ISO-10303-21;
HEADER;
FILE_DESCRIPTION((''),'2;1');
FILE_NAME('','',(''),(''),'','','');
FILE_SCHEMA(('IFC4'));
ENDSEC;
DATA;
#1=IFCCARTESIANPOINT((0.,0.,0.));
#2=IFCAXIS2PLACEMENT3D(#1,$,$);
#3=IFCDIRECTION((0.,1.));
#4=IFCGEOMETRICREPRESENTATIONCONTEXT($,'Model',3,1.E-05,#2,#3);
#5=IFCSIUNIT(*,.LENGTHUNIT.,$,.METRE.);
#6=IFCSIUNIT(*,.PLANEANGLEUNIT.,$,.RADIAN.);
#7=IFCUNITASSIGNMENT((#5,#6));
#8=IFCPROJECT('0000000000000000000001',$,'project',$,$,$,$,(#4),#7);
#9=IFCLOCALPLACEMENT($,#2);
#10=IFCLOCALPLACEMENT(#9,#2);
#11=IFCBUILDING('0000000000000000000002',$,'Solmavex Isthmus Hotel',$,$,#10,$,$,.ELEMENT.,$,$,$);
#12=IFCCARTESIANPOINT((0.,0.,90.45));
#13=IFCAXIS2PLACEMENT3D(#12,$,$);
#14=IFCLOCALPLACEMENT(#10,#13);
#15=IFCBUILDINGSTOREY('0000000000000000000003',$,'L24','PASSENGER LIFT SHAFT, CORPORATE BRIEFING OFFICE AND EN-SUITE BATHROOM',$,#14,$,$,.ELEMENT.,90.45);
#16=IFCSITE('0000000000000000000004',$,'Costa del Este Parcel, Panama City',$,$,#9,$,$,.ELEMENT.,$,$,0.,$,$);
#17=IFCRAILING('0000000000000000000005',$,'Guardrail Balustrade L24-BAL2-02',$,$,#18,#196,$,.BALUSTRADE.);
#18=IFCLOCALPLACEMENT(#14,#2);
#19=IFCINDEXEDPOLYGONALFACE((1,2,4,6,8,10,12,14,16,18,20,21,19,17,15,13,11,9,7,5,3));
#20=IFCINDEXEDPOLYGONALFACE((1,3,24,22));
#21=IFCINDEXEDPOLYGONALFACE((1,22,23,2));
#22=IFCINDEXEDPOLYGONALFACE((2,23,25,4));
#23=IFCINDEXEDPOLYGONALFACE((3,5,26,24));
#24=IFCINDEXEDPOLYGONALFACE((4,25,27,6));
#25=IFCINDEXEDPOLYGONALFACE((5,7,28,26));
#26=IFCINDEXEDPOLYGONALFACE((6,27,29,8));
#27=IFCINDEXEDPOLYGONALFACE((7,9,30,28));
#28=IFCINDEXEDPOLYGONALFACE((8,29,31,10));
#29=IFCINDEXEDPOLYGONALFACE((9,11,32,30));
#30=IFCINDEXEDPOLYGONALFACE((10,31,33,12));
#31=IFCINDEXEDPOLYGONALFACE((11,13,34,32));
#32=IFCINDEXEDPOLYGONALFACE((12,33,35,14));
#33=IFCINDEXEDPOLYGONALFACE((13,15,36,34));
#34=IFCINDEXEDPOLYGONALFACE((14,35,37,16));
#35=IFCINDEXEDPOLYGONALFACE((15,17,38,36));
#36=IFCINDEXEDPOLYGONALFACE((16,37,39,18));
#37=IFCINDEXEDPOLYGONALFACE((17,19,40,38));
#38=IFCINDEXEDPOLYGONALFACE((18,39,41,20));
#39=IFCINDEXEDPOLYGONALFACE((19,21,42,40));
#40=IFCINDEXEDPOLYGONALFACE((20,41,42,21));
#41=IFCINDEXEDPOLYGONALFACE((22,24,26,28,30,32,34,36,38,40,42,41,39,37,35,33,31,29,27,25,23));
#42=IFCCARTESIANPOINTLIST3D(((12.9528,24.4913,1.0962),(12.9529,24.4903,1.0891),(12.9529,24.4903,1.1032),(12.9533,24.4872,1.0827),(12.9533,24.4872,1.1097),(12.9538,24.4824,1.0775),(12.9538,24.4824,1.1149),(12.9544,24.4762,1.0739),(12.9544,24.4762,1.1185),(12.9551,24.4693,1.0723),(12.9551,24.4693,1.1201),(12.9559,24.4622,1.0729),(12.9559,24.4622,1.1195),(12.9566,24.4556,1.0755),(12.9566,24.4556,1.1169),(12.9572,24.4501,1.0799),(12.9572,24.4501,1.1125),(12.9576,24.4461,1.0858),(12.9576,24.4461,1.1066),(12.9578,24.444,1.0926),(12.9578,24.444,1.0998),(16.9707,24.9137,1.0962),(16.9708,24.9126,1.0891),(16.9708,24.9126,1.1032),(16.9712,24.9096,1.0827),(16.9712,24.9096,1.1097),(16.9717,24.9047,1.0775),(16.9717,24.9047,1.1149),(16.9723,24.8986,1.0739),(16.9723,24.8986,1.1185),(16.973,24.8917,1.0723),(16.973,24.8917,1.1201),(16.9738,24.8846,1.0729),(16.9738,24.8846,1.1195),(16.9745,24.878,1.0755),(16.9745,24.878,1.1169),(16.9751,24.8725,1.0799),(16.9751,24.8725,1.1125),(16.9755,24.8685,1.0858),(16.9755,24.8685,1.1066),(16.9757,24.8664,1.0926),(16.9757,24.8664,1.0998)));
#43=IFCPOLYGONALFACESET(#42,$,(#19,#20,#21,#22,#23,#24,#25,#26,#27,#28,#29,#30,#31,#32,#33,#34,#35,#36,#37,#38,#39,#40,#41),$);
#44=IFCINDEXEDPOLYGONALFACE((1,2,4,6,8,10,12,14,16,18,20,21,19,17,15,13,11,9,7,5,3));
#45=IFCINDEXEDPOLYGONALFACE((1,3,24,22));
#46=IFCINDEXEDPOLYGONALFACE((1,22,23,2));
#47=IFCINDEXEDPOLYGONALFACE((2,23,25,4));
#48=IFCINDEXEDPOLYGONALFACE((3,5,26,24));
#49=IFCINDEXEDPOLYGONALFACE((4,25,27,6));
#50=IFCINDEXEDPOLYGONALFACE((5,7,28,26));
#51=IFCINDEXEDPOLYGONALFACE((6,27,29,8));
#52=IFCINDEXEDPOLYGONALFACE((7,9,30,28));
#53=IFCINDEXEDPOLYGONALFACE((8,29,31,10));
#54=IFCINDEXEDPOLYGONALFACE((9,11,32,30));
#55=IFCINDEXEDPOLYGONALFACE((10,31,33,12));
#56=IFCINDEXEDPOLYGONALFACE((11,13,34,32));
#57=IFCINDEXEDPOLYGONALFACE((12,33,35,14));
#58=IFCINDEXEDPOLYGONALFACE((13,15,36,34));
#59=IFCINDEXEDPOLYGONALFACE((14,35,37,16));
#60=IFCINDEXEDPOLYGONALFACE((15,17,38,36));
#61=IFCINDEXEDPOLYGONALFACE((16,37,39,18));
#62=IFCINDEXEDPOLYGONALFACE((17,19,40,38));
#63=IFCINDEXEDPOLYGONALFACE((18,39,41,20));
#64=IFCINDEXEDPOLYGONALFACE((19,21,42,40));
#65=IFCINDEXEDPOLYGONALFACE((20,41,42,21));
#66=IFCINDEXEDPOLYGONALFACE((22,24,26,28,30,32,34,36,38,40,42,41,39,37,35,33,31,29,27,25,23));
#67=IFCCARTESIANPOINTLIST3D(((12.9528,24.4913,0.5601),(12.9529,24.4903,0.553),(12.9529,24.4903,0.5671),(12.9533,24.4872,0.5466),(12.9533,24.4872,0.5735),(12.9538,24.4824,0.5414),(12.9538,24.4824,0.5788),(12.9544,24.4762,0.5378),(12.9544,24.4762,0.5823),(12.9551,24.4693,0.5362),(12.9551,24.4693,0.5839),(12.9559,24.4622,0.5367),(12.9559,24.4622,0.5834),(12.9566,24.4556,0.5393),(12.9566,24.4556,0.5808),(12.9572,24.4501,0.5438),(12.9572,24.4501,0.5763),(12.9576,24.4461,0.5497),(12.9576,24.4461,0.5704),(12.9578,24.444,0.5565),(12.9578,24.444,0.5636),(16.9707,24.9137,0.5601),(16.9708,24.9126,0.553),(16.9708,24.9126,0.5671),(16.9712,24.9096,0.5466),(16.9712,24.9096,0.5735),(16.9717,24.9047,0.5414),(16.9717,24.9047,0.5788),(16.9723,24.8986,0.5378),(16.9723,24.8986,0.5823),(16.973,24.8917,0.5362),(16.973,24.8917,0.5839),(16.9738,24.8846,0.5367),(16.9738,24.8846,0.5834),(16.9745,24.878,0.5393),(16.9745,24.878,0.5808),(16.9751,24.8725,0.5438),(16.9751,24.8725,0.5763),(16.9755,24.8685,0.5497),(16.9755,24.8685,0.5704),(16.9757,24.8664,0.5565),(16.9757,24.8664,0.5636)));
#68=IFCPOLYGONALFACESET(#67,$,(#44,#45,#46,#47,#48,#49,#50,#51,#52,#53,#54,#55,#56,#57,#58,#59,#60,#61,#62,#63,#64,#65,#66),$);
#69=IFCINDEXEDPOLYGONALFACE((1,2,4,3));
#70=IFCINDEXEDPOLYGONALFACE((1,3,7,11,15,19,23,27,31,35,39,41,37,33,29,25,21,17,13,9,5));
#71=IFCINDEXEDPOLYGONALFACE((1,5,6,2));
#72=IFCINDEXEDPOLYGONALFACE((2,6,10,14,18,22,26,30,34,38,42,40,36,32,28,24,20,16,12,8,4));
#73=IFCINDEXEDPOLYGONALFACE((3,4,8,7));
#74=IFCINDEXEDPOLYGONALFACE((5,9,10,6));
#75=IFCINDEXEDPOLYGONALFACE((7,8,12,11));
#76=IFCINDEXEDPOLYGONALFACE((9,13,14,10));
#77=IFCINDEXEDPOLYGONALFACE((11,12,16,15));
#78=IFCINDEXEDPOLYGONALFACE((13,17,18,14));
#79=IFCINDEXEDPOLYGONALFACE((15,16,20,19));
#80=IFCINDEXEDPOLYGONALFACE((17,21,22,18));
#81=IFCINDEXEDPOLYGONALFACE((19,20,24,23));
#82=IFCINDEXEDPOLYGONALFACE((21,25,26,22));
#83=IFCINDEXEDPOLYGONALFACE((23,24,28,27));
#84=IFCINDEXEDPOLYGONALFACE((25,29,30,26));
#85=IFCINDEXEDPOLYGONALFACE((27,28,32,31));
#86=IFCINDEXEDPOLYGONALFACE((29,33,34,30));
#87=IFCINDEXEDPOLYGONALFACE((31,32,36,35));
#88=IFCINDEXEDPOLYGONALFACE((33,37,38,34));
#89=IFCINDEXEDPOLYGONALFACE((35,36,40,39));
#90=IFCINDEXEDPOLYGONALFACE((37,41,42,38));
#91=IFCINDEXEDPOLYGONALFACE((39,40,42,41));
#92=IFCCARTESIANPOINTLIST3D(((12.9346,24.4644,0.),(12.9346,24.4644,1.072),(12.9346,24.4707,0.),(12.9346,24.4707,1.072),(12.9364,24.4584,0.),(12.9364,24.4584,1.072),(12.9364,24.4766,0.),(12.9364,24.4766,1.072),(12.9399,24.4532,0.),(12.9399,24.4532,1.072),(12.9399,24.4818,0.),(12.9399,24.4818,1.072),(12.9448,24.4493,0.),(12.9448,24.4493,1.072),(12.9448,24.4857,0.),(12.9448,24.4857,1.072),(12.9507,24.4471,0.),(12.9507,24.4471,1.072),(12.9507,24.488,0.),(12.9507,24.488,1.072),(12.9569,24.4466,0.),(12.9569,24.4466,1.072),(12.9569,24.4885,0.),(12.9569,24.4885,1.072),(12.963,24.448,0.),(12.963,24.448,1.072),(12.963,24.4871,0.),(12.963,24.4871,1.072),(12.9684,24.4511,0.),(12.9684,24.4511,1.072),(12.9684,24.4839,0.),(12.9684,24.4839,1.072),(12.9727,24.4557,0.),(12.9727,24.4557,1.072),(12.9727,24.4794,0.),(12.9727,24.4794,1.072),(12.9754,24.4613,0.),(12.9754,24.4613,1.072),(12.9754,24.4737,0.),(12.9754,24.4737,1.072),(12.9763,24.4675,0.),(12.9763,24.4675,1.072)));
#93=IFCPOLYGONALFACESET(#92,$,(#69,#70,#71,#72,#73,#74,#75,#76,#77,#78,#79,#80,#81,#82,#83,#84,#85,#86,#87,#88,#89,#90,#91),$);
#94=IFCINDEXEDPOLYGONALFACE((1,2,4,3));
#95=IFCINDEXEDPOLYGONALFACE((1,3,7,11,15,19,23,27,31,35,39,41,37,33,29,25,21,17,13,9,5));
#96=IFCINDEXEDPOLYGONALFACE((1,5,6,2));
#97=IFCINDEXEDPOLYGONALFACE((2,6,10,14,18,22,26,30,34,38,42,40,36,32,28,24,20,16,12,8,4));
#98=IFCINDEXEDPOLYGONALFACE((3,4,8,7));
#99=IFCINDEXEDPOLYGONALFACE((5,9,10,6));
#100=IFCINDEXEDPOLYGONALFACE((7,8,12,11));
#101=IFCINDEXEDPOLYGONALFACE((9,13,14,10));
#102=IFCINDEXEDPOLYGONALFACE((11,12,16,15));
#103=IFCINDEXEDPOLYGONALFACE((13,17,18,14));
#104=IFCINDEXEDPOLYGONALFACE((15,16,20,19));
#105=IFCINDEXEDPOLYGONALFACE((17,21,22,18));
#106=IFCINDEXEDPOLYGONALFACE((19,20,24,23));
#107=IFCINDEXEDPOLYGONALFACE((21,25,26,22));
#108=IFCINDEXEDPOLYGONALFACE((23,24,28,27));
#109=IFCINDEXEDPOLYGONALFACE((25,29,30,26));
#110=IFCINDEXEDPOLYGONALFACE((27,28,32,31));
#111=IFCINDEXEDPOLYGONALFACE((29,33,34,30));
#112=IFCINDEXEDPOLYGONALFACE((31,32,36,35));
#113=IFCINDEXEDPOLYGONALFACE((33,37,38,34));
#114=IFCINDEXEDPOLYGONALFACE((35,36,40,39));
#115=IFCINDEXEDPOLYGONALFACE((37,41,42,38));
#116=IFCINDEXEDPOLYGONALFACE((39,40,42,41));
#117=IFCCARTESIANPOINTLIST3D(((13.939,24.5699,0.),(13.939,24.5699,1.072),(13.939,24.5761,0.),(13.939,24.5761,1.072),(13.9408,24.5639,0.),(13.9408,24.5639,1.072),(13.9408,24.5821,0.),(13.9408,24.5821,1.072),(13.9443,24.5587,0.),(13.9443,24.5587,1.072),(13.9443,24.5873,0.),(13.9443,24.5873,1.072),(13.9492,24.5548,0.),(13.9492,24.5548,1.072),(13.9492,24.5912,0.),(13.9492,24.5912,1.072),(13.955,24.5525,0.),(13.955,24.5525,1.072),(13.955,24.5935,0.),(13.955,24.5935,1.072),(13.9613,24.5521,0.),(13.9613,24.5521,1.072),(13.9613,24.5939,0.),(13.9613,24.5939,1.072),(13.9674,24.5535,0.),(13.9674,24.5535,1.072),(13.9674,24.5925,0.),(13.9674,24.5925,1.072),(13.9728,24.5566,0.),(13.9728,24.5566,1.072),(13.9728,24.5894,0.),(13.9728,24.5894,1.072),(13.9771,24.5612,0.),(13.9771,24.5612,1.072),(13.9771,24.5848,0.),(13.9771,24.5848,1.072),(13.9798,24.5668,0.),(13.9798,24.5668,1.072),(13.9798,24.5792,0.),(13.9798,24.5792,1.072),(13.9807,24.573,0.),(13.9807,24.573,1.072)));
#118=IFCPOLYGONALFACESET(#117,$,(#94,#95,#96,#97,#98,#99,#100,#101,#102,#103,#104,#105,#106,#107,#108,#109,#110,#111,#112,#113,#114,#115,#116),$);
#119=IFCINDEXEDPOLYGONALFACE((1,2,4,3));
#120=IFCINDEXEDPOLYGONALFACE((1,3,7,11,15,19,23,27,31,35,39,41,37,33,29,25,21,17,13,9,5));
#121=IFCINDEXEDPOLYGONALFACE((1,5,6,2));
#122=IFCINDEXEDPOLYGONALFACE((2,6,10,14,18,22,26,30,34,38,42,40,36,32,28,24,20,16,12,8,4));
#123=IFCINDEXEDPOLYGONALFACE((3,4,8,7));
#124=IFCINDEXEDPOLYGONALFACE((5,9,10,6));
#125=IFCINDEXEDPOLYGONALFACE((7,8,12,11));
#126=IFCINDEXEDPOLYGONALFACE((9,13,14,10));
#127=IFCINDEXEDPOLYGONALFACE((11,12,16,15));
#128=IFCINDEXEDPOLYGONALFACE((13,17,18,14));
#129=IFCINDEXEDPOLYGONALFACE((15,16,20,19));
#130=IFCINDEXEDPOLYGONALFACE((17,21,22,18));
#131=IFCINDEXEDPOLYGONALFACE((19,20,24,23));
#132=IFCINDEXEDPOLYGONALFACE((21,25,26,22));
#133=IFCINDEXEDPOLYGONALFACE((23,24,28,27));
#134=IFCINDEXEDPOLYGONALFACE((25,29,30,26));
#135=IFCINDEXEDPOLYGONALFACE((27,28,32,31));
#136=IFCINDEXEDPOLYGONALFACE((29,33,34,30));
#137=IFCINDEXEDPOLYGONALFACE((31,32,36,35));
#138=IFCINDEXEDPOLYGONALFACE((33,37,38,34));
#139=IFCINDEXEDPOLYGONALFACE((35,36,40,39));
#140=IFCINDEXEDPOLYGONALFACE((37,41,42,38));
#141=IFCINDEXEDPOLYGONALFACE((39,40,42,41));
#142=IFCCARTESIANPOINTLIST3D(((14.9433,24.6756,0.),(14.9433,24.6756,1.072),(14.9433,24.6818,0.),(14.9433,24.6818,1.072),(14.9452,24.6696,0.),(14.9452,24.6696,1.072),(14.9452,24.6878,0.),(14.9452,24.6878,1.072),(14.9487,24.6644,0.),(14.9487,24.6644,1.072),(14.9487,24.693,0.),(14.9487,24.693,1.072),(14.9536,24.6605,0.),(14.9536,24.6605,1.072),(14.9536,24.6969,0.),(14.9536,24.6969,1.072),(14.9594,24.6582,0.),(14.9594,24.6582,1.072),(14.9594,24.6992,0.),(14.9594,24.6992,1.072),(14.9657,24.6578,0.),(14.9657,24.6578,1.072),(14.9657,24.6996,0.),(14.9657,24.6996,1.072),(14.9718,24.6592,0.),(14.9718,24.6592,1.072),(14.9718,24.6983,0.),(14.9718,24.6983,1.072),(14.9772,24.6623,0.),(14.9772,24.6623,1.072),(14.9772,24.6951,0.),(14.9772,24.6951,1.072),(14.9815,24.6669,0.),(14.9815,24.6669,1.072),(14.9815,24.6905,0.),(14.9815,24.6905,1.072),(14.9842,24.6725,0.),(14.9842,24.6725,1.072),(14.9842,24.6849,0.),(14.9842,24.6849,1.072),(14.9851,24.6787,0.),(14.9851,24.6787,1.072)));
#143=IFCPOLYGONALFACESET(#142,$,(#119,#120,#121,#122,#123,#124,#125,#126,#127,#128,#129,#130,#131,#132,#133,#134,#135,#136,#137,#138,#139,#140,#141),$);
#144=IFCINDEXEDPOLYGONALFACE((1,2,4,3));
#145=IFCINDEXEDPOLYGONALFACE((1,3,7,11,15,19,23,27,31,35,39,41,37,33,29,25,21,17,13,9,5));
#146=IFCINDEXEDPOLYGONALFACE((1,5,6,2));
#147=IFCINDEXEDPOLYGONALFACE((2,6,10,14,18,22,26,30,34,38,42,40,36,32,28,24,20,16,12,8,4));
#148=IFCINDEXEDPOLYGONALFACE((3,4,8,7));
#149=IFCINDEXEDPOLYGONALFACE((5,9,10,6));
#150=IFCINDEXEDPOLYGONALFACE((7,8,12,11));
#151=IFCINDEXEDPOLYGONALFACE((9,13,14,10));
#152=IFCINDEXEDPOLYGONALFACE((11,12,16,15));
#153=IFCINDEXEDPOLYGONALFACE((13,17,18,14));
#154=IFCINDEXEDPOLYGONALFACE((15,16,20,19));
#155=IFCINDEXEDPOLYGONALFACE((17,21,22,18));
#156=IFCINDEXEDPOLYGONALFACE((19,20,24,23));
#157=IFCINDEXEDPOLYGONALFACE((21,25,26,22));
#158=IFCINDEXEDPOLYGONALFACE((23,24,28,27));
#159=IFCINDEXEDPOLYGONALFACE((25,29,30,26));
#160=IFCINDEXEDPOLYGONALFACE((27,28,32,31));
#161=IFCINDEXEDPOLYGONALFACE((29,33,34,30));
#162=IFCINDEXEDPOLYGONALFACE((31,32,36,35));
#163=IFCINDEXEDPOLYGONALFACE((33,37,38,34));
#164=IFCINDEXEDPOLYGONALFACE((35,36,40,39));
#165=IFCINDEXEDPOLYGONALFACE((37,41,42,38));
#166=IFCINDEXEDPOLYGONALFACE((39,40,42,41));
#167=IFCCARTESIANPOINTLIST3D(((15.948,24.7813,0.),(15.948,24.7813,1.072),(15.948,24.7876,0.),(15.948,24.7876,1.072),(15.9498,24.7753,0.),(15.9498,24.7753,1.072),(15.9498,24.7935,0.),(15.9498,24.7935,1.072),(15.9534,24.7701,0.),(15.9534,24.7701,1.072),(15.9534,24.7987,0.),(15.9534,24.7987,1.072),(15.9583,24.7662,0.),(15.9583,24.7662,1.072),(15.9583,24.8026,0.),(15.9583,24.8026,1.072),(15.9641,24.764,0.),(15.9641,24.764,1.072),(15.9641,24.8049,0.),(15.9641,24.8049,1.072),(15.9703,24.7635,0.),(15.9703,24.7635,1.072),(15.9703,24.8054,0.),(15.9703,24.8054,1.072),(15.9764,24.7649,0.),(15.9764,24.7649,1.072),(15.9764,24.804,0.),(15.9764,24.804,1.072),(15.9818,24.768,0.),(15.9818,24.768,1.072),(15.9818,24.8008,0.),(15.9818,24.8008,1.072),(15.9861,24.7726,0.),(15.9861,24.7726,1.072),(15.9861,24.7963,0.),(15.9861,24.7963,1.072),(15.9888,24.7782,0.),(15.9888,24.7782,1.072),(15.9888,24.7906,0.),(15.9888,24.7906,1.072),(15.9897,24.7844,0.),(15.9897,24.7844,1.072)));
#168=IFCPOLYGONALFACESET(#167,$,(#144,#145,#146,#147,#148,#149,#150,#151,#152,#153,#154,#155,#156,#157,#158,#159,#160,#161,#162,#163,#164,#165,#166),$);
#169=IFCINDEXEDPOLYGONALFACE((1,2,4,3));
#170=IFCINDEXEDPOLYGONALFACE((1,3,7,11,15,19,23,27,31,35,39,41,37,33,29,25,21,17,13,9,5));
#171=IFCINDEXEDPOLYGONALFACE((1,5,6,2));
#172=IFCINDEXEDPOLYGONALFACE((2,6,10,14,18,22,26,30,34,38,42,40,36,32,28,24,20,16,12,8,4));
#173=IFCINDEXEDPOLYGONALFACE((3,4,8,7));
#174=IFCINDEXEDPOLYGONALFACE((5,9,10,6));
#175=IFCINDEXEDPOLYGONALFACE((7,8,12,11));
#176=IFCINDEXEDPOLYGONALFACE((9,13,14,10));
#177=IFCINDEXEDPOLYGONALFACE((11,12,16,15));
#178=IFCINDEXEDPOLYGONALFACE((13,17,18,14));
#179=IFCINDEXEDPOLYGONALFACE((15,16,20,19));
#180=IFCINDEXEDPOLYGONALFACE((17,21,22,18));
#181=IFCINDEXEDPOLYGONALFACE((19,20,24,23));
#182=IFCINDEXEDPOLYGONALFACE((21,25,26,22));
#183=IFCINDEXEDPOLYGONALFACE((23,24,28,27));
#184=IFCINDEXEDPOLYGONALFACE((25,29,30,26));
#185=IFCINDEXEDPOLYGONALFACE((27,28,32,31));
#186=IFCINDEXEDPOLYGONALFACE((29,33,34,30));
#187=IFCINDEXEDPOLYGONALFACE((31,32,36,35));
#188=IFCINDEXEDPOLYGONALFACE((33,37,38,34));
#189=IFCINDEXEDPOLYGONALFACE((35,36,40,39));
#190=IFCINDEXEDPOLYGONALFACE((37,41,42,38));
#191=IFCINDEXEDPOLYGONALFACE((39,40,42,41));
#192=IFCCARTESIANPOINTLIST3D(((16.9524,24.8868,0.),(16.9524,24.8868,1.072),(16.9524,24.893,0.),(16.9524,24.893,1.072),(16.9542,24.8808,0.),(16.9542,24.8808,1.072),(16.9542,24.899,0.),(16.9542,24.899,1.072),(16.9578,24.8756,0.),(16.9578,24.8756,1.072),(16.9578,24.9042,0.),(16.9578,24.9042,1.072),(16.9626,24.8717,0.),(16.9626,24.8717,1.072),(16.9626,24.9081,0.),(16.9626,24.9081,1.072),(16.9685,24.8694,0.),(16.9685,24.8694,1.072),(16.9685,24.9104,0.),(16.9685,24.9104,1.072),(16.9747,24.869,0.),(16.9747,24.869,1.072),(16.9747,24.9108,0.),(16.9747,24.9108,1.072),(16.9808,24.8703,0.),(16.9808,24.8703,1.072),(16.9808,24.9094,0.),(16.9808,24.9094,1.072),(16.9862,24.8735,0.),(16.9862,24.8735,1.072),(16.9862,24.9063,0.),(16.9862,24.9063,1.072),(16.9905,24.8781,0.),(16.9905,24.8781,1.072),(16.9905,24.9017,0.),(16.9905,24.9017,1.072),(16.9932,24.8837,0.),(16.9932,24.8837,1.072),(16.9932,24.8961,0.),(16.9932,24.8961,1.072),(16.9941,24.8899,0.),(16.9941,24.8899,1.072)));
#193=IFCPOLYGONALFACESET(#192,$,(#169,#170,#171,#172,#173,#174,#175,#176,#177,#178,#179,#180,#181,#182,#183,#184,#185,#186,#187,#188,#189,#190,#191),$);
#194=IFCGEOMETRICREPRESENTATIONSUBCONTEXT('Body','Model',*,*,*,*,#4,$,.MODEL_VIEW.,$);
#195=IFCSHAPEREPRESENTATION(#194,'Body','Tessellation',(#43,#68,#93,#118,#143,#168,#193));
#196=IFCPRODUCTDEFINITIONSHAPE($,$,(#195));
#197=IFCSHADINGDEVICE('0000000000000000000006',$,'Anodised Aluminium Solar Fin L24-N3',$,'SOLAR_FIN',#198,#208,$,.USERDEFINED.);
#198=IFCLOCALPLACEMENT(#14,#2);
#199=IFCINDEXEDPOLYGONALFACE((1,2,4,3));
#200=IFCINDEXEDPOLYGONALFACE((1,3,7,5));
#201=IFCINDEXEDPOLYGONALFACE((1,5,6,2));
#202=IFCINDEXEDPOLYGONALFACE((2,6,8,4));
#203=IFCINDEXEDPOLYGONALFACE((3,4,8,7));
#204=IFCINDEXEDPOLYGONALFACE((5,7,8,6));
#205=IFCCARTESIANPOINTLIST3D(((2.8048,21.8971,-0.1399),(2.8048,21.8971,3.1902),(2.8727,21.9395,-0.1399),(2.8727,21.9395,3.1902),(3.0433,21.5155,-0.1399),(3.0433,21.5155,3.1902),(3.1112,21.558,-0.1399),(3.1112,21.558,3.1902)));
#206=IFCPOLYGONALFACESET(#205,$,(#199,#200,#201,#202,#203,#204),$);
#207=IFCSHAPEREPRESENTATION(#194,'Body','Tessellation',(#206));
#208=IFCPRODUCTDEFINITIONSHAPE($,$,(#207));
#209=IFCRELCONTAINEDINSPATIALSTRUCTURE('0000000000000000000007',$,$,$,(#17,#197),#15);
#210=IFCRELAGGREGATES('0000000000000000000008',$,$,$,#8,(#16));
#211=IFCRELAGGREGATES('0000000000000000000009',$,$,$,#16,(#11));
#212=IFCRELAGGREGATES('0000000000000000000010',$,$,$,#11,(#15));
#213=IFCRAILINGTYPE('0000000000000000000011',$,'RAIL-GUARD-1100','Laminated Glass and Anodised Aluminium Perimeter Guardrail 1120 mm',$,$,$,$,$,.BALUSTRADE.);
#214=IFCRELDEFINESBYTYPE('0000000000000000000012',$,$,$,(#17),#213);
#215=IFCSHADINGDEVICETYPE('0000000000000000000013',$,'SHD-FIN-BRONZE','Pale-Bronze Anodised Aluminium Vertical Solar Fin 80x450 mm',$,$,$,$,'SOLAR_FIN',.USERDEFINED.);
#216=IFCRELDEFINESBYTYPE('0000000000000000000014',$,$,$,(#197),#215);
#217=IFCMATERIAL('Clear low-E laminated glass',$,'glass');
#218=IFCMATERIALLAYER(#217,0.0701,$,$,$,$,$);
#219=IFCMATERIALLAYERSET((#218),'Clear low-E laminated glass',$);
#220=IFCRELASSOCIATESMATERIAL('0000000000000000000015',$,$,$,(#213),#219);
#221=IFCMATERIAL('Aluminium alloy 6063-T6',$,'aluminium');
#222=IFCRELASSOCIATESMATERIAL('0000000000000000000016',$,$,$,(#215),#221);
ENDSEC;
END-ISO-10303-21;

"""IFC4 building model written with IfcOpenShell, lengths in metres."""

from ifc_helpers import new_model, si_unit, direction, frame, origin, origin_2d, place, context, subcontext, project, spatial, rectangle, circle, extrude, material, layer, layer_set, type_object, element, save


model = new_model("IFC4")

# Units and contexts
model_context = context("Model", 3, precision=1e-05, world=origin(), true_north=direction((0.0, 1.0)))
body_context = subcontext(model_context, "Body", "Model", "MODEL_VIEW")
ifc_project = project(units=[si_unit("LENGTHUNIT", "METRE"), si_unit("PLANEANGLEUNIT", "RADIAN")], contexts=[model_context])

# Site, building, storey
site_placement = place(None, origin())
site = spatial("IfcSite", under=ifc_project, at=site_placement, Name="Costa del Este Parcel, Panama City", CompositionType="ELEMENT", RefElevation=0.0)
building_placement = place(site_placement, origin())
building = spatial("IfcBuilding", under=site, at=building_placement, Name="Solmavex Isthmus Hotel", CompositionType="ELEMENT")
storey_placement = place(building_placement, frame((0.0, 0.0, 90.45)))
storey = spatial("IfcBuildingStorey", under=building, at=storey_placement, Name="L24", Description="PASSENGER LIFT SHAFT, CORPORATE BRIEFING OFFICE AND EN-SUITE BATHROOM", CompositionType="ELEMENT", Elevation=90.45)

# Shared definitions
ifc_material_1 = material(Name="Aluminium alloy 6063-T6", Category="aluminium")
ifc_material_2 = material(Name="Clear low-E laminated glass", Category="glass")

# Railing
ifc_layer_1 = layer(ifc_material_2, 0.0701)
ifc_layer_set_1 = layer_set([ifc_layer_1], Name="Clear low-E laminated glass")
railing_type = type_object("IfcRailingType", Name="RAIL-GUARD-1100", Description="Laminated Glass and Anodised Aluminium Perimeter Guardrail 1120 mm", PredefinedType="BALUSTRADE", material=ifc_layer_set_1)
railing_1_placement = place(storey_placement, frame((12.9553, 24.4675, 0.0)))
element("IfcRailing", 1, at=railing_1_placement, inside=storey, type_object=railing_type, Name="Guardrail Balustrade L24-BAL2-02", PredefinedType="BALUSTRADE", context=body_context, shape_type="SweptSolid", body=[
    extrude(circle(Radius=0.0239, at=origin_2d()), frame((0.0, 0.0, 1.0962), z_axis=(0.99452, 0.104546, 0.0), x_axis=(-0.104546, 0.99452, 0.0)), (0.0, 0.0, 1.0), 4.04),
    extrude(circle(Radius=0.0239, at=origin_2d()), frame((0.0, 0.0, 0.5601), z_axis=(0.99452, 0.104546, 0.0), x_axis=(-0.104546, 0.99452, 0.0)), (0.0, 0.0, 1.0), 4.04),
    extrude(circle(Radius=0.021, at=origin_2d()), origin(), (0.0, 0.0, 1.0), 1.072),
    extrude(circle(Radius=0.021, at=origin_2d()), frame((1.0044, 0.1055, 0.0)), (0.0, 0.0, 1.0), 1.072),
    extrude(circle(Radius=0.021, at=origin_2d()), frame((2.0088, 0.2112, 0.0)), (0.0, 0.0, 1.0), 1.072),
    extrude(circle(Radius=0.021, at=origin_2d()), frame((3.0134, 0.3169, 0.0)), (0.0, 0.0, 1.0), 1.072),
    extrude(circle(Radius=0.021, at=origin_2d()), frame((4.0178, 0.4224, 0.0)), (0.0, 0.0, 1.0), 1.072),
])

# Shading device
shading_device_type = type_object("IfcShadingDeviceType", Name="SHD-FIN-BRONZE", Description="Pale-Bronze Anodised Aluminium Vertical Solar Fin 80x450 mm", ElementType="SOLAR_FIN", PredefinedType="USERDEFINED", material=ifc_material_1)
for number, where, z_axis, x_axis, name in (
    (2, (2.958, 21.7275, -0.1399), (0.0, 0.0, 1.0), (-0.529919, 0.848048, 0.0), "Anodised Aluminium Solar Fin L24-N3"),
):
    element("IfcShadingDevice", number, at=place(storey_placement, frame(where, z_axis=z_axis, x_axis=x_axis)), inside=storey, type_object=shading_device_type, Name=name, ObjectType="SOLAR_FIN", PredefinedType="USERDEFINED", context=body_context, shape_type="SweptSolid", body=[
        extrude(rectangle(XDim=0.45, YDim=0.0801, at=origin_2d()), origin(), (0.0, 0.0, 1.0), 3.3301),
    ])

save(model, "model.ifc")
